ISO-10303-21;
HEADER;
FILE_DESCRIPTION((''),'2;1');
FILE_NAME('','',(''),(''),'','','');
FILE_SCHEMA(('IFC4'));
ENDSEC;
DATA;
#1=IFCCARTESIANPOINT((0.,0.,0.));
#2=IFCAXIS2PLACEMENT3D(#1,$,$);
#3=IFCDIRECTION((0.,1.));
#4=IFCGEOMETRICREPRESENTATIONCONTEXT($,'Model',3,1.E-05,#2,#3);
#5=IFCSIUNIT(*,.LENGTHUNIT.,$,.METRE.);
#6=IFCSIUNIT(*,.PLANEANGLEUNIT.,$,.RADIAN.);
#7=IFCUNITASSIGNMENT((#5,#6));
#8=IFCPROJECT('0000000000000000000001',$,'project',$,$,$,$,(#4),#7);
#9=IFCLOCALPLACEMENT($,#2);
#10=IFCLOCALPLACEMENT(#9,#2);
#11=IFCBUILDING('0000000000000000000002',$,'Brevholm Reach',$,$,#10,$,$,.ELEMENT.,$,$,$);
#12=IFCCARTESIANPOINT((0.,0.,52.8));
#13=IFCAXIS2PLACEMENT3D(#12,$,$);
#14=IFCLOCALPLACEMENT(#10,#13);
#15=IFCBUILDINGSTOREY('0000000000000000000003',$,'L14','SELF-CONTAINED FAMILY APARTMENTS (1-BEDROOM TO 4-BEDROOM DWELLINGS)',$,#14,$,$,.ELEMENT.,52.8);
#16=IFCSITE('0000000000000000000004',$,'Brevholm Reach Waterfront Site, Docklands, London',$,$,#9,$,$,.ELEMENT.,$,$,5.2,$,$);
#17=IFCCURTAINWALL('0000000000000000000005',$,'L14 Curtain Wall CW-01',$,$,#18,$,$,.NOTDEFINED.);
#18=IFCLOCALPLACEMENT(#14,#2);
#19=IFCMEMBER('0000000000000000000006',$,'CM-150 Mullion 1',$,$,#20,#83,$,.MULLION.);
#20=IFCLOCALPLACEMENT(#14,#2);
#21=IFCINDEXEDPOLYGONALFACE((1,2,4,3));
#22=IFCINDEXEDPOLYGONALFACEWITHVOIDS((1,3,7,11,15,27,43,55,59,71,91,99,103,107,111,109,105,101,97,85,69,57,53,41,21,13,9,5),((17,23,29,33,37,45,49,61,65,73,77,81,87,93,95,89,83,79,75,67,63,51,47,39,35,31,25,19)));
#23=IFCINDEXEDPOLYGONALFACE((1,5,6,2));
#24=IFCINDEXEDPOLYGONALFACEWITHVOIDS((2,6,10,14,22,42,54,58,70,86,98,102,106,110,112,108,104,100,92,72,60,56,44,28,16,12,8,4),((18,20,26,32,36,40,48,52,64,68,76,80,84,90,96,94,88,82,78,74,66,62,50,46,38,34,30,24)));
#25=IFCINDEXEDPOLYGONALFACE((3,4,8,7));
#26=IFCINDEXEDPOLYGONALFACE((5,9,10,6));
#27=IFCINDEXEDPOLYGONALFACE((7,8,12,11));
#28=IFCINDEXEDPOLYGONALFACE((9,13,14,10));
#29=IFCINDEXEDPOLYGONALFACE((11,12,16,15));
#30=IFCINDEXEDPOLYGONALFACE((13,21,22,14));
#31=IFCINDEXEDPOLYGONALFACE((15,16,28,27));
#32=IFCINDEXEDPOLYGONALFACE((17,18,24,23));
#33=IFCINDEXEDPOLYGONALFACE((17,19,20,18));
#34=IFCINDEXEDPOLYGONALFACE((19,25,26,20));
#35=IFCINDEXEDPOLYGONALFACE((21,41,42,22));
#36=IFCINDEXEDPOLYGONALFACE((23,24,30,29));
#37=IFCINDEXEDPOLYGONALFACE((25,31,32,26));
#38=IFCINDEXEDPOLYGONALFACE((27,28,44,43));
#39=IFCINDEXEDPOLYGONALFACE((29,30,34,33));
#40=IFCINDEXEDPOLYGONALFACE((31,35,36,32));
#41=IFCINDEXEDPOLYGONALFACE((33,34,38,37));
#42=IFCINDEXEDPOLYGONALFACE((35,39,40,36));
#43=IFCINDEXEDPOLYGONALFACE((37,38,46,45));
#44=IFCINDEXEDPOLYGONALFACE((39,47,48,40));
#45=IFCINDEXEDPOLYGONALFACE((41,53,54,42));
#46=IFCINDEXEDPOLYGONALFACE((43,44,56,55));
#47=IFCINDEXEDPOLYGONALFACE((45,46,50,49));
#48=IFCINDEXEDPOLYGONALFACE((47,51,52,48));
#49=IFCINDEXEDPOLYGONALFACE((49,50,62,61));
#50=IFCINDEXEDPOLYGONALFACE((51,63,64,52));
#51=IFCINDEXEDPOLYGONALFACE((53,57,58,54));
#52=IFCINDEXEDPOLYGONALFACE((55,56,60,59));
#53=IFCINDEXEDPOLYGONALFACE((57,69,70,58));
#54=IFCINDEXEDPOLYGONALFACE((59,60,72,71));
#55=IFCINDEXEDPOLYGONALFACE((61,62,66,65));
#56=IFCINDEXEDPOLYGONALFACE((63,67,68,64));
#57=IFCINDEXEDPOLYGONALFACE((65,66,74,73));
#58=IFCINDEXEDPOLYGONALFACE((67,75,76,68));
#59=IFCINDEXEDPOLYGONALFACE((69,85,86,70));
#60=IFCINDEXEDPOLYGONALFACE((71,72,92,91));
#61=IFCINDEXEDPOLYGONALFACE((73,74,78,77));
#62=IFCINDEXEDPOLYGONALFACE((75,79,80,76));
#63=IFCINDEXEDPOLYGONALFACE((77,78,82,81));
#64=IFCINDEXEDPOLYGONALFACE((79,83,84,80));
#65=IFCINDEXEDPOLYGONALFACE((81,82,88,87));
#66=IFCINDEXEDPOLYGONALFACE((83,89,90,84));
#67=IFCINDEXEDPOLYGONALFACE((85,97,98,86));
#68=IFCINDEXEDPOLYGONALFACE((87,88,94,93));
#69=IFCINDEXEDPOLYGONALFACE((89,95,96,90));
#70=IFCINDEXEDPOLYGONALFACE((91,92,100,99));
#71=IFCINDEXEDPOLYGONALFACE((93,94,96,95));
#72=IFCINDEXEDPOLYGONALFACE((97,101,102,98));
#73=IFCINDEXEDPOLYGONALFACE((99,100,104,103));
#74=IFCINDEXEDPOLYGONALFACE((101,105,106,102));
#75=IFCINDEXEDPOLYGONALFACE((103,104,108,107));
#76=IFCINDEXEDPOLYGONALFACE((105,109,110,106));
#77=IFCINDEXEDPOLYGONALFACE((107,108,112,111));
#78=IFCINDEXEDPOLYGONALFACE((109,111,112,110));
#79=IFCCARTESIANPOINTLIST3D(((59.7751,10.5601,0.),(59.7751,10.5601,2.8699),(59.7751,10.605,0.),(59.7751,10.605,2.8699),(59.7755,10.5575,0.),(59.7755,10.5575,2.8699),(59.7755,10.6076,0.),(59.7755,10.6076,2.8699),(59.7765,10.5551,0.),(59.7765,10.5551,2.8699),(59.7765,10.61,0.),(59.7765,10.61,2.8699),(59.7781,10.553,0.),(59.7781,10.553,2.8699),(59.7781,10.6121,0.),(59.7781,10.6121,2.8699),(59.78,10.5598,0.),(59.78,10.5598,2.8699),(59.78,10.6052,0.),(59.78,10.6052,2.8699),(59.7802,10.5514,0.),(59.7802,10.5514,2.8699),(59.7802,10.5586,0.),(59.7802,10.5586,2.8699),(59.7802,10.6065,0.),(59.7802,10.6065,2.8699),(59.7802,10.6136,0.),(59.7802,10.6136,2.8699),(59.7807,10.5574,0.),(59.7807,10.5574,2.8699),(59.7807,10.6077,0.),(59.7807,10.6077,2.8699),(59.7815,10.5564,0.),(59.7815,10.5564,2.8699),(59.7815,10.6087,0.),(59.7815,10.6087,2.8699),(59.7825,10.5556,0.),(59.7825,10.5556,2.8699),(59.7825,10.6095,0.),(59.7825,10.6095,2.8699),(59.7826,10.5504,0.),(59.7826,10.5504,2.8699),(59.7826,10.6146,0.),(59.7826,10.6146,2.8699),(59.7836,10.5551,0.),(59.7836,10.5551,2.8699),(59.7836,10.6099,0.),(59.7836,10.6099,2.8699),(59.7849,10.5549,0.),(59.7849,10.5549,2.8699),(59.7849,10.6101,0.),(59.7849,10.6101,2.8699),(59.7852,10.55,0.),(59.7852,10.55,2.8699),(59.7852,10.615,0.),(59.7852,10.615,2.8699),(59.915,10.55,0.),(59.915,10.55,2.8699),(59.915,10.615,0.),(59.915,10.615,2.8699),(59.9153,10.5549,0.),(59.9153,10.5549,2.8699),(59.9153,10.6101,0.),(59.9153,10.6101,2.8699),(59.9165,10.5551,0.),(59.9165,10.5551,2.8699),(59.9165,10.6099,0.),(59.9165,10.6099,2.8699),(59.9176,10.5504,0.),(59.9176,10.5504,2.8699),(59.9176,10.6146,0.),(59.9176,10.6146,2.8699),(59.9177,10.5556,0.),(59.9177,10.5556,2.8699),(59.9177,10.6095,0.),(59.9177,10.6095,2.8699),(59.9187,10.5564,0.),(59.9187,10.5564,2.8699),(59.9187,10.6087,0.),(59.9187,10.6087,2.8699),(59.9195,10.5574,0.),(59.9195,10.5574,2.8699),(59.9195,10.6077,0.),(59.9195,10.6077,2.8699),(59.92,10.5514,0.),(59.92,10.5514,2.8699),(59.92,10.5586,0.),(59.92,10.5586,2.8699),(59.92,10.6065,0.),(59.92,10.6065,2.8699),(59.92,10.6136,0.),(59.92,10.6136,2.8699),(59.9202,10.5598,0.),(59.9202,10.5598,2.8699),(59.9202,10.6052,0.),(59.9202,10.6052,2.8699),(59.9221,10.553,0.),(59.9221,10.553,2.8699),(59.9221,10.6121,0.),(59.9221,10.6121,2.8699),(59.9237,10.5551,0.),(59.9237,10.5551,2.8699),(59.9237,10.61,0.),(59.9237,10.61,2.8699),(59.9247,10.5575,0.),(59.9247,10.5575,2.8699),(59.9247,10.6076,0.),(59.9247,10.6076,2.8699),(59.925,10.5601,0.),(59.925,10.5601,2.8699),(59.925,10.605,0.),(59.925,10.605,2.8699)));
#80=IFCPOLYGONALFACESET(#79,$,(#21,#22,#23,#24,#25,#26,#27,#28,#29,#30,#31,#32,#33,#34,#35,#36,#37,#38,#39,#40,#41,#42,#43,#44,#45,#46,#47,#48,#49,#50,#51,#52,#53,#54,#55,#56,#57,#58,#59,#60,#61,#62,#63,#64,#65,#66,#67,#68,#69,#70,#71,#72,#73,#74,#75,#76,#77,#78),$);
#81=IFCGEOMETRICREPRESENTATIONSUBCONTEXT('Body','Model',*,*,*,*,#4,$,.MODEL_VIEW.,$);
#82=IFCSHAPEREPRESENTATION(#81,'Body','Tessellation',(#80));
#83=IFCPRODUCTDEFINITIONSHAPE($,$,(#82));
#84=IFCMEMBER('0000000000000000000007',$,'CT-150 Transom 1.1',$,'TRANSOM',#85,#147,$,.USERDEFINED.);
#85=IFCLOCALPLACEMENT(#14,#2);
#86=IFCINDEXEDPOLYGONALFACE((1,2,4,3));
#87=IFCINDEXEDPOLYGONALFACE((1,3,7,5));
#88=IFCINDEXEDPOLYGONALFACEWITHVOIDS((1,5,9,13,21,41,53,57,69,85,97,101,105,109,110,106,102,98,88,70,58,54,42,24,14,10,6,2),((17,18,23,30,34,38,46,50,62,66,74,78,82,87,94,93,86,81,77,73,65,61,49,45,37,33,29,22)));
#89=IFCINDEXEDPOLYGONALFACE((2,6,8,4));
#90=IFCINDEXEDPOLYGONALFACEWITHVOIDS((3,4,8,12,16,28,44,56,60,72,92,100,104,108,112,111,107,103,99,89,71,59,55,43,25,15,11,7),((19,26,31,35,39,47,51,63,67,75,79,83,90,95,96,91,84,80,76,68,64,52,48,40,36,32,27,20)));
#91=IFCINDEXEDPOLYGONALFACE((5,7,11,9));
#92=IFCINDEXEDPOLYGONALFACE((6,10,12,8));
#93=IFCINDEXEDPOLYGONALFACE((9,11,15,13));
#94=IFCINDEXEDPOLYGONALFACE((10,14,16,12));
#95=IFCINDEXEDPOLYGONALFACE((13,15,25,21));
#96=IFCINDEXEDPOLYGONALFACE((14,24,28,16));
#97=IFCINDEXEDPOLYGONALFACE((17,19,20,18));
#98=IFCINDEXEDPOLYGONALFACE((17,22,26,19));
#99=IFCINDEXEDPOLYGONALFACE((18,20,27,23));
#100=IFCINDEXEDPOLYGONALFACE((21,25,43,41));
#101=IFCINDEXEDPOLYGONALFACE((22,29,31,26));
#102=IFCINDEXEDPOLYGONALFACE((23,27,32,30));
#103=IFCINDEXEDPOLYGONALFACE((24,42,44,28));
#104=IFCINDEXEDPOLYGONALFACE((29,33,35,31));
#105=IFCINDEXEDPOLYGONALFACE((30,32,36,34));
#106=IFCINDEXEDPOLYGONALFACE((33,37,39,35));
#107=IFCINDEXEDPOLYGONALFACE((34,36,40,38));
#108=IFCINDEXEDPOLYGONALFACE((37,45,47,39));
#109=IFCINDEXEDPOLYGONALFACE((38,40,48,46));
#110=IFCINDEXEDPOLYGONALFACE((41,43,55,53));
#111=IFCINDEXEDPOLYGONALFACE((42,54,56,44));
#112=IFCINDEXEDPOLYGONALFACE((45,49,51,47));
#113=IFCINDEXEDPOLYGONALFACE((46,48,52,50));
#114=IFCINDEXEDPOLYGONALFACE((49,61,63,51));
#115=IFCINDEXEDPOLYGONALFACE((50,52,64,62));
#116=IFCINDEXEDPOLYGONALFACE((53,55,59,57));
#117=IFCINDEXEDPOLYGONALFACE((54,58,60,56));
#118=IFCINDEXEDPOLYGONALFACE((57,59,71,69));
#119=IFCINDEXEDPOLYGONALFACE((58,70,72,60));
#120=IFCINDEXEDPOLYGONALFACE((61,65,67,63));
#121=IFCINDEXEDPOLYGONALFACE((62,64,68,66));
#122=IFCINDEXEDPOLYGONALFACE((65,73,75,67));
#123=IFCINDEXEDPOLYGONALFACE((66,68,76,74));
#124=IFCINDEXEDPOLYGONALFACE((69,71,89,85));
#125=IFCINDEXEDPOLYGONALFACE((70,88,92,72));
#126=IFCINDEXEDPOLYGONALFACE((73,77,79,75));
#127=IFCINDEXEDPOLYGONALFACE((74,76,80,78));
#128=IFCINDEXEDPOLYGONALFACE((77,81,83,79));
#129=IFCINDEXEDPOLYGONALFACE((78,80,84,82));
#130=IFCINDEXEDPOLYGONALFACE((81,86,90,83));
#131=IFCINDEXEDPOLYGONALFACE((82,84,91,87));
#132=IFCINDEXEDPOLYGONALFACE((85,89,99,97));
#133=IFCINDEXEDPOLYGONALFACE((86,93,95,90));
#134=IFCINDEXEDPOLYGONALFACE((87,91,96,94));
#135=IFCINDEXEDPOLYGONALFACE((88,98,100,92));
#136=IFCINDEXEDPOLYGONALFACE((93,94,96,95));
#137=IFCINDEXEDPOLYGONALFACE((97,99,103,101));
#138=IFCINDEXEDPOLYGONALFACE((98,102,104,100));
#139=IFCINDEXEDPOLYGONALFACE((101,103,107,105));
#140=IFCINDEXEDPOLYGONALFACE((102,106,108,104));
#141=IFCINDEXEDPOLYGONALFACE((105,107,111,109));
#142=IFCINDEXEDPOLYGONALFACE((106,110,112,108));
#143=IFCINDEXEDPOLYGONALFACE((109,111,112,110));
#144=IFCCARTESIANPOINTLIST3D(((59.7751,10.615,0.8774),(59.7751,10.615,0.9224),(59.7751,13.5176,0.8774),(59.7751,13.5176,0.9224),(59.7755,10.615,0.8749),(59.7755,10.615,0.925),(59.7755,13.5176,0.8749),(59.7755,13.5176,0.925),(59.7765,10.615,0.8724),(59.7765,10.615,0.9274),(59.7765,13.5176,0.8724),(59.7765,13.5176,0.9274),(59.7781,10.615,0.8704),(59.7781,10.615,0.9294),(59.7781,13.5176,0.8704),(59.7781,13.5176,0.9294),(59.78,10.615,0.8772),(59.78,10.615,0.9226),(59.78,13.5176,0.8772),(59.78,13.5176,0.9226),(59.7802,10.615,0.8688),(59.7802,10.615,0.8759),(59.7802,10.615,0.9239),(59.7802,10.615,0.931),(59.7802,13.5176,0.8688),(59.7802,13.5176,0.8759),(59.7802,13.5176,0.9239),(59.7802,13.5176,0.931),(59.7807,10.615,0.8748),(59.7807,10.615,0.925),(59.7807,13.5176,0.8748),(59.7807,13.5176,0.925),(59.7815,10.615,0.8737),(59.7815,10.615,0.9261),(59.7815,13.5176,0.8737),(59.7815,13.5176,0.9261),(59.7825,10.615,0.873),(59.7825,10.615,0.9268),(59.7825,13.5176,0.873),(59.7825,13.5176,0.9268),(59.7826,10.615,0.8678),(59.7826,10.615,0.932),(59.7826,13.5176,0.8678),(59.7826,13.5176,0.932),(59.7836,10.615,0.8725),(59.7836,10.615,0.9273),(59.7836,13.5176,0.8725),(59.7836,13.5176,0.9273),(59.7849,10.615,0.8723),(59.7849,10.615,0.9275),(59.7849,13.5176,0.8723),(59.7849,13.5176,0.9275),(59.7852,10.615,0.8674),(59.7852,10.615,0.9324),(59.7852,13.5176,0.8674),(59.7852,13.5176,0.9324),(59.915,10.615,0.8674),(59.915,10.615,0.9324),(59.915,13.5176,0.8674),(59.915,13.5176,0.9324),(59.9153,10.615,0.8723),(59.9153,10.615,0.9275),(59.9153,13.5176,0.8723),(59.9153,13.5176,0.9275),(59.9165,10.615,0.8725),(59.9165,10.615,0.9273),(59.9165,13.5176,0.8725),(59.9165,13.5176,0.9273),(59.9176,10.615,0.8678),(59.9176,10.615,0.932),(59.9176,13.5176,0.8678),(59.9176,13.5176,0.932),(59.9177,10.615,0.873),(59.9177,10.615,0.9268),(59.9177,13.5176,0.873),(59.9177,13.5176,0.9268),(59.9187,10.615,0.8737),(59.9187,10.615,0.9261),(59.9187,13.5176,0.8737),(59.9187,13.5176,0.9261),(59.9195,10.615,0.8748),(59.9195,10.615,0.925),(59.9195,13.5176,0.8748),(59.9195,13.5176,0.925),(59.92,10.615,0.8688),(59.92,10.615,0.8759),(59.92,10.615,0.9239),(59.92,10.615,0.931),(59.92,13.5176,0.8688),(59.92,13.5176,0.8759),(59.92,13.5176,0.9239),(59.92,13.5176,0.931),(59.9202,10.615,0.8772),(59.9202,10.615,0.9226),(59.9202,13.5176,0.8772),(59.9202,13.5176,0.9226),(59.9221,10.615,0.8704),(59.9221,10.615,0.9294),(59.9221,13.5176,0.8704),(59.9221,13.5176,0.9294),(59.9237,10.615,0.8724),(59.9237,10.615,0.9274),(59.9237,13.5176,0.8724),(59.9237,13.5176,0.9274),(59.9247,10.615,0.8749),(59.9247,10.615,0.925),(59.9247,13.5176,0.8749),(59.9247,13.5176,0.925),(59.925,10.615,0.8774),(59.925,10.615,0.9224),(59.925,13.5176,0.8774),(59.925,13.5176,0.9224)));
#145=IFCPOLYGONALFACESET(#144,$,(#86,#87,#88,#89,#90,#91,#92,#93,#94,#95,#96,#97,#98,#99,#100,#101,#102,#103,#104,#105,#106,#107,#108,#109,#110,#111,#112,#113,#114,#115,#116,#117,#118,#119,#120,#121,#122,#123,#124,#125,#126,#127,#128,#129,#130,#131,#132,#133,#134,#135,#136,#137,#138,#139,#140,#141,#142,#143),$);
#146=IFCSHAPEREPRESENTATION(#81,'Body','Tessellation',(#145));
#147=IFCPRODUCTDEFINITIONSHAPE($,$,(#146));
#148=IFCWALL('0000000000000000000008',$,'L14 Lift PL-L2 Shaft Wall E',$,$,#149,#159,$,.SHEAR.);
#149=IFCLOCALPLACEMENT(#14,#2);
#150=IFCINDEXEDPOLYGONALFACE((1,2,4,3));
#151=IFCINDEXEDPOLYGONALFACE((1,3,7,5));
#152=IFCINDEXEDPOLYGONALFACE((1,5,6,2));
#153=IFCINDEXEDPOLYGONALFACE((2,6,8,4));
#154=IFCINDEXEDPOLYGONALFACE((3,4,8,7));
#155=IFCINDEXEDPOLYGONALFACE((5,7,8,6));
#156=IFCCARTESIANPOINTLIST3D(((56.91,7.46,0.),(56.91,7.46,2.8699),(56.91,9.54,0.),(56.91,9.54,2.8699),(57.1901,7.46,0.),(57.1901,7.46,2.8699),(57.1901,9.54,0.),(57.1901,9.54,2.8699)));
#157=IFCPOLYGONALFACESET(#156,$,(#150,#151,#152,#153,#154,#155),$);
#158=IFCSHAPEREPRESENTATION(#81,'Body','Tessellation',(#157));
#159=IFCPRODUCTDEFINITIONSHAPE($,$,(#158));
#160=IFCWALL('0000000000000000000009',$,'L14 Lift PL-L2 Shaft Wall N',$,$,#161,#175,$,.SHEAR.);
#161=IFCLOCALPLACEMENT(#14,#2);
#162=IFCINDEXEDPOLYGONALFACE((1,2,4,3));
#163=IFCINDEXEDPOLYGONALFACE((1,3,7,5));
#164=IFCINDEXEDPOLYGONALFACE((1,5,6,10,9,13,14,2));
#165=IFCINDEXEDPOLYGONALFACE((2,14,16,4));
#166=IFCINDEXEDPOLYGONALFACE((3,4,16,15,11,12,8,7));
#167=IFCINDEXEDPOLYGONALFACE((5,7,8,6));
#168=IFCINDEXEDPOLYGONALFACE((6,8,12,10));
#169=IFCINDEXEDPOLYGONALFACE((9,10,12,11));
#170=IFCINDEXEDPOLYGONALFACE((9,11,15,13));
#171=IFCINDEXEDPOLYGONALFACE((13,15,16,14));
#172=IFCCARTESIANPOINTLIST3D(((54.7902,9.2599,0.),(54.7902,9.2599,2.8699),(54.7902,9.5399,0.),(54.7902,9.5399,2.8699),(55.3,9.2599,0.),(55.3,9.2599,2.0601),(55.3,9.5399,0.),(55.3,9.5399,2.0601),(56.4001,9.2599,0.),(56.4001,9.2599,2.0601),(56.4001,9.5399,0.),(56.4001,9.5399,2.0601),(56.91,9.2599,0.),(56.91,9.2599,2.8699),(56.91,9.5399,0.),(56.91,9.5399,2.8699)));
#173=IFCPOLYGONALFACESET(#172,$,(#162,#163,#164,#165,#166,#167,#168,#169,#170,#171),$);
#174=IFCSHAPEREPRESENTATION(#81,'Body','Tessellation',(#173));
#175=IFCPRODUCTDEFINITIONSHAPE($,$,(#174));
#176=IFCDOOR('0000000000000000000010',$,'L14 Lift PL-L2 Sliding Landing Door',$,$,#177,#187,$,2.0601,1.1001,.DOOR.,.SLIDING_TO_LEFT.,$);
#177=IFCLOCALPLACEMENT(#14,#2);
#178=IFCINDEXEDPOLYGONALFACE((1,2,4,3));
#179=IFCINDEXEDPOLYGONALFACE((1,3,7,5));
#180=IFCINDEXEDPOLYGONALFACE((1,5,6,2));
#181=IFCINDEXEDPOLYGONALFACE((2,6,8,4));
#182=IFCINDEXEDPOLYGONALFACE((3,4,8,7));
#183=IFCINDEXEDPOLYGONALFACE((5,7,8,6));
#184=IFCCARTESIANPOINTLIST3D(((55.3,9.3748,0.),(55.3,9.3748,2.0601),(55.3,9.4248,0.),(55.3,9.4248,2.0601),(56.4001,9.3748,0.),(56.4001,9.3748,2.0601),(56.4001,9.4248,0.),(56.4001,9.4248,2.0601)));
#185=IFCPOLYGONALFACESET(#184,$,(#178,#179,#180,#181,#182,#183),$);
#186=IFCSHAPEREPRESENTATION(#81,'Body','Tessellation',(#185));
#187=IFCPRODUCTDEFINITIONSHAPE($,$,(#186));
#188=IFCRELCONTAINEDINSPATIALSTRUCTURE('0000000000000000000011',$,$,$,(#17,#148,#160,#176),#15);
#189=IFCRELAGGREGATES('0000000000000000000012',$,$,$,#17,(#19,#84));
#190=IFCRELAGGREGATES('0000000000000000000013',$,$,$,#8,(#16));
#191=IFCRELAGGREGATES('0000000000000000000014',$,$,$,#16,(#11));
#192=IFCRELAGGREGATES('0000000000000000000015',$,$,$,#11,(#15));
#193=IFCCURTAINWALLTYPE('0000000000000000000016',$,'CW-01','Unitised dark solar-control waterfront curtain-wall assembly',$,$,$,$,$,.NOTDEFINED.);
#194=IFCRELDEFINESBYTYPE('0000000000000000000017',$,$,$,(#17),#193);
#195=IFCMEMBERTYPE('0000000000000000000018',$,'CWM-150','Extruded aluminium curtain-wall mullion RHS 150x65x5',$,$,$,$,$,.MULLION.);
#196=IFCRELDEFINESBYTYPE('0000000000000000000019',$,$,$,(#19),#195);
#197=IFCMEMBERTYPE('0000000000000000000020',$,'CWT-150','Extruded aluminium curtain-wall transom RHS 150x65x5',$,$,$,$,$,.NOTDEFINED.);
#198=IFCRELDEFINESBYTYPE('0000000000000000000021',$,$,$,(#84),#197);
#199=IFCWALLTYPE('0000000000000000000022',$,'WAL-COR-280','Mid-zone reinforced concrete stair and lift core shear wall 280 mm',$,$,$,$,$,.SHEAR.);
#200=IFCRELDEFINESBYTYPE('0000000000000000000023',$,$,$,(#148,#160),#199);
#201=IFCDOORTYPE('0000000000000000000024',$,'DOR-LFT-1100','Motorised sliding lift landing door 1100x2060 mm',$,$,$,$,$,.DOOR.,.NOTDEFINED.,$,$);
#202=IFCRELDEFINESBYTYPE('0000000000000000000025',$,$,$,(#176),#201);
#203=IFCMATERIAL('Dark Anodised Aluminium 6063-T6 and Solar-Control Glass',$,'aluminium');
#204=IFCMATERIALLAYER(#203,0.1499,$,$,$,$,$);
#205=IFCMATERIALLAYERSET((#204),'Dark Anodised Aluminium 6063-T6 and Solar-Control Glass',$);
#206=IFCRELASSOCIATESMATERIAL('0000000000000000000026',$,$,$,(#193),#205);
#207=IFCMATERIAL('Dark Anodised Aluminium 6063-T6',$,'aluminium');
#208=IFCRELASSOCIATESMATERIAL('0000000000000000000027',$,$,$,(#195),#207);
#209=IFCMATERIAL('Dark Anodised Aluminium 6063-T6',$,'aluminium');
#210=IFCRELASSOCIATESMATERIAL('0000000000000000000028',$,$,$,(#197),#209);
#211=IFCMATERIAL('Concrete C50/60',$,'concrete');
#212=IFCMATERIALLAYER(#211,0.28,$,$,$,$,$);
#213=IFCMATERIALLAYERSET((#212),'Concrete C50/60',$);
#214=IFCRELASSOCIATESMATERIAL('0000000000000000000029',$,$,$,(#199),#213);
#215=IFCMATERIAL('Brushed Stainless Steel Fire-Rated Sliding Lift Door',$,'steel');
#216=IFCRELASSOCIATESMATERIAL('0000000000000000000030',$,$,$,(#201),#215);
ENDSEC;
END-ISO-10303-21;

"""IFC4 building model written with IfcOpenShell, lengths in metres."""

from ifc_helpers import new_model, si_unit, direction, frame, frame_2d, origin, origin_2d, place, context, subcontext, project, spatial, rectangle, hollow_rectangle, extrude, material, layer, layer_set, material_profile, profile_set, type_object, element, fill, aggregate, save


model = new_model("IFC4")

# Units and contexts
model_context = context("Model", 3, precision=1e-05, world=origin(), true_north=direction((0.0, 1.0)))
body_context = subcontext(model_context, "Body", "Model", "MODEL_VIEW")
ifc_project = project(units=[si_unit("LENGTHUNIT", "METRE"), si_unit("PLANEANGLEUNIT", "RADIAN")], contexts=[model_context])

# Site, building, storey
site_placement = place(None, origin())
site = spatial("IfcSite", under=ifc_project, at=site_placement, Name="Brevholm Reach Waterfront Site, Docklands, London", CompositionType="ELEMENT", RefElevation=5.2)
building_placement = place(site_placement, origin())
building = spatial("IfcBuilding", under=site, at=building_placement, Name="Brevholm Reach", CompositionType="ELEMENT")
storey_placement = place(building_placement, frame((0.0, 0.0, 52.8)))
storey = spatial("IfcBuildingStorey", under=building, at=storey_placement, Name="L14", Description="SELF-CONTAINED FAMILY APARTMENTS (1-BEDROOM TO 4-BEDROOM DWELLINGS)", CompositionType="ELEMENT", Elevation=52.8)

# Curtain wall, members
ifc_material_1 = material(Name="Dark Anodised Aluminium 6063-T6 and Solar-Control Glass", Category="aluminium")
ifc_layer_1 = layer(ifc_material_1, 0.1499)
ifc_layer_set_1 = layer_set([ifc_layer_1], Name="Dark Anodised Aluminium 6063-T6 and Solar-Control Glass")
curtain_wall_type = type_object("IfcCurtainWallType", Name="CW-01", Description="Unitised dark solar-control waterfront curtain-wall assembly", PredefinedType="NOTDEFINED", material=ifc_layer_set_1)
curtain_wall_placement = place(storey_placement, origin())
curtain_wall = element("IfcCurtainWall", 1, at=curtain_wall_placement, inside=storey, type_object=curtain_wall_type, Name="L14 Curtain Wall CW-01", PredefinedType="NOTDEFINED")
ifc_material_2 = material(Name="Dark Anodised Aluminium 6063-T6", Category="aluminium")
ifc_material_profile_1 = material_profile(ifc_material_2, hollow_rectangle(XDim=0.0649, YDim=0.1499, WallThickness=0.0049, InnerFilletRadius=0.0049, OuterFilletRadius=0.01, at=origin_2d()), Name="RHS 150x65x5")
ifc_profile_set_1 = profile_set([ifc_material_profile_1], Name="Dark Anodised Aluminium 6063-T6")
member_type_1 = type_object("IfcMemberType", Name="CWM-150", Description="Extruded aluminium curtain-wall mullion RHS 150x65x5", PredefinedType="MULLION", material=ifc_profile_set_1)
member_1_placement = place(storey_placement, frame((59.8501, 10.5825, 0.0), z_axis=(0.0, 0.0, 1.0), x_axis=(0.0, 1.0, 0.0)))
member_1 = element("IfcMember", 2, at=member_1_placement, type_object=member_type_1, Name="CM-150 Mullion 1", PredefinedType="MULLION", context=body_context, shape_type="SweptSolid", body=[
    extrude(hollow_rectangle(XDim=0.0649, YDim=0.1499, WallThickness=0.0049, InnerFilletRadius=0.0049, OuterFilletRadius=0.01, at=origin_2d()), origin(), (0.0, 0.0, 1.0), 2.8699),
])
ifc_material_3 = material(Name="Dark Anodised Aluminium 6063-T6", Category="aluminium")
ifc_material_profile_2 = material_profile(ifc_material_3, hollow_rectangle(XDim=0.0649, YDim=0.1499, WallThickness=0.0049, InnerFilletRadius=0.0049, OuterFilletRadius=0.01, at=origin_2d()), Name="RHS 150x65x5")
ifc_profile_set_2 = profile_set([ifc_material_profile_2], Name="Dark Anodised Aluminium 6063-T6")
member_type_2 = type_object("IfcMemberType", Name="CWT-150", Description="Extruded aluminium curtain-wall transom RHS 150x65x5", PredefinedType="NOTDEFINED", material=ifc_profile_set_2)
member_2_placement = place(storey_placement, frame((59.8501, 10.615, 0.8999), z_axis=(0.0, 1.0, 0.0), x_axis=(0.0, 0.0, 1.0)))
member_2 = element("IfcMember", 3, at=member_2_placement, type_object=member_type_2, Name="CT-150 Transom 1.1", ObjectType="TRANSOM", PredefinedType="USERDEFINED", context=body_context, shape_type="SweptSolid", body=[
    extrude(hollow_rectangle(XDim=0.0649, YDim=0.1499, WallThickness=0.0049, InnerFilletRadius=0.0049, OuterFilletRadius=0.01, at=origin_2d()), origin(), (0.0, 0.0, 1.0), 2.9026),
])
aggregate(curtain_wall, [member_1, member_2])

# Wall
ifc_material_4 = material(Name="Concrete C50/60", Category="concrete")
ifc_layer_2 = layer(ifc_material_4, 0.28)
ifc_layer_set_2 = layer_set([ifc_layer_2], Name="Concrete C50/60")
wall_type_1 = type_object("IfcWallType", Name="WAL-COR-280", Description="Mid-zone reinforced concrete stair and lift core shear wall 280 mm", PredefinedType="SHEAR", material=ifc_layer_set_2)
wall_1_placement = place(storey_placement, frame((57.05, 7.46, 0.0), z_axis=(0.0, 0.0, 1.0), x_axis=(0.0, 1.0, 0.0)))
element("IfcWall", 4, at=wall_1_placement, inside=storey, type_object=wall_type_1, Name="L14 Lift PL-L2 Shaft Wall E", PredefinedType="SHEAR", context=body_context, shape_type="SweptSolid", body=[
    extrude(rectangle(XDim=2.0801, YDim=0.28, at=frame_2d((1.04, 0.0))), origin(), (0.0, 0.0, 1.0), 2.8699),
])

# Wall, opening, door
wall_2_placement = place(storey_placement, frame((54.79, 9.3999, 0.0), z_axis=(0.0, 0.0, 1.0), x_axis=(1.0, 0.0, 0.0)))
wall_2 = element("IfcWall", 5, at=wall_2_placement, inside=storey, type_object=wall_type_1, Name="L14 Lift PL-L2 Shaft Wall N", PredefinedType="SHEAR", context=body_context, shape_type="SweptSolid", body=[
    extrude(rectangle(XDim=2.1199, YDim=0.28, at=frame_2d((1.0601, 0.0))), origin(), (0.0, 0.0, 1.0), 2.8699),
])
opening_1_placement = place(wall_2_placement, frame((0.51, 0.0, 0.0)))
opening_1 = element("IfcOpeningElement", 6, at=opening_1_placement, cuts=wall_2, PredefinedType="OPENING", context=body_context, shape_type="SweptSolid", body=[
    extrude(rectangle(XDim=1.1001, YDim=2.0601, at=frame_2d((0.55, 1.03))), frame((0.0, 0.1499, 0.0), z_axis=(0.0, -1.0, 0.0), x_axis=(1.0, 0.0, 0.0)), (0.0, 0.0, 1.0), 0.3),
])
ifc_material_5 = material(Name="Brushed Stainless Steel Fire-Rated Sliding Lift Door", Category="steel")
door_type_1 = type_object("IfcDoorType", Name="DOR-LFT-1100", Description="Motorised sliding lift landing door 1100x2060 mm", OperationType="NOTDEFINED", PredefinedType="DOOR", material=ifc_material_5)
door_1_placement = place(opening_1_placement, origin())
door_1 = element("IfcDoor", 7, at=door_1_placement, inside=storey, type_object=door_type_1, Name="L14 Lift PL-L2 Sliding Landing Door", OperationType="SLIDING_TO_LEFT", OverallHeight=2.0601, OverallWidth=1.1001, PredefinedType="DOOR", context=body_context, shape_type="SweptSolid", body=[
    extrude(rectangle(XDim=1.1001, YDim=2.0601, at=frame_2d((0.55, 1.03))), frame((0.0, 0.0249, 0.0), z_axis=(0.0, -1.0, 0.0), x_axis=(1.0, 0.0, 0.0)), (0.0, 0.0, 1.0), 0.05),
])
fill(opening_1, door_1)

save(model, "model.ifc")
